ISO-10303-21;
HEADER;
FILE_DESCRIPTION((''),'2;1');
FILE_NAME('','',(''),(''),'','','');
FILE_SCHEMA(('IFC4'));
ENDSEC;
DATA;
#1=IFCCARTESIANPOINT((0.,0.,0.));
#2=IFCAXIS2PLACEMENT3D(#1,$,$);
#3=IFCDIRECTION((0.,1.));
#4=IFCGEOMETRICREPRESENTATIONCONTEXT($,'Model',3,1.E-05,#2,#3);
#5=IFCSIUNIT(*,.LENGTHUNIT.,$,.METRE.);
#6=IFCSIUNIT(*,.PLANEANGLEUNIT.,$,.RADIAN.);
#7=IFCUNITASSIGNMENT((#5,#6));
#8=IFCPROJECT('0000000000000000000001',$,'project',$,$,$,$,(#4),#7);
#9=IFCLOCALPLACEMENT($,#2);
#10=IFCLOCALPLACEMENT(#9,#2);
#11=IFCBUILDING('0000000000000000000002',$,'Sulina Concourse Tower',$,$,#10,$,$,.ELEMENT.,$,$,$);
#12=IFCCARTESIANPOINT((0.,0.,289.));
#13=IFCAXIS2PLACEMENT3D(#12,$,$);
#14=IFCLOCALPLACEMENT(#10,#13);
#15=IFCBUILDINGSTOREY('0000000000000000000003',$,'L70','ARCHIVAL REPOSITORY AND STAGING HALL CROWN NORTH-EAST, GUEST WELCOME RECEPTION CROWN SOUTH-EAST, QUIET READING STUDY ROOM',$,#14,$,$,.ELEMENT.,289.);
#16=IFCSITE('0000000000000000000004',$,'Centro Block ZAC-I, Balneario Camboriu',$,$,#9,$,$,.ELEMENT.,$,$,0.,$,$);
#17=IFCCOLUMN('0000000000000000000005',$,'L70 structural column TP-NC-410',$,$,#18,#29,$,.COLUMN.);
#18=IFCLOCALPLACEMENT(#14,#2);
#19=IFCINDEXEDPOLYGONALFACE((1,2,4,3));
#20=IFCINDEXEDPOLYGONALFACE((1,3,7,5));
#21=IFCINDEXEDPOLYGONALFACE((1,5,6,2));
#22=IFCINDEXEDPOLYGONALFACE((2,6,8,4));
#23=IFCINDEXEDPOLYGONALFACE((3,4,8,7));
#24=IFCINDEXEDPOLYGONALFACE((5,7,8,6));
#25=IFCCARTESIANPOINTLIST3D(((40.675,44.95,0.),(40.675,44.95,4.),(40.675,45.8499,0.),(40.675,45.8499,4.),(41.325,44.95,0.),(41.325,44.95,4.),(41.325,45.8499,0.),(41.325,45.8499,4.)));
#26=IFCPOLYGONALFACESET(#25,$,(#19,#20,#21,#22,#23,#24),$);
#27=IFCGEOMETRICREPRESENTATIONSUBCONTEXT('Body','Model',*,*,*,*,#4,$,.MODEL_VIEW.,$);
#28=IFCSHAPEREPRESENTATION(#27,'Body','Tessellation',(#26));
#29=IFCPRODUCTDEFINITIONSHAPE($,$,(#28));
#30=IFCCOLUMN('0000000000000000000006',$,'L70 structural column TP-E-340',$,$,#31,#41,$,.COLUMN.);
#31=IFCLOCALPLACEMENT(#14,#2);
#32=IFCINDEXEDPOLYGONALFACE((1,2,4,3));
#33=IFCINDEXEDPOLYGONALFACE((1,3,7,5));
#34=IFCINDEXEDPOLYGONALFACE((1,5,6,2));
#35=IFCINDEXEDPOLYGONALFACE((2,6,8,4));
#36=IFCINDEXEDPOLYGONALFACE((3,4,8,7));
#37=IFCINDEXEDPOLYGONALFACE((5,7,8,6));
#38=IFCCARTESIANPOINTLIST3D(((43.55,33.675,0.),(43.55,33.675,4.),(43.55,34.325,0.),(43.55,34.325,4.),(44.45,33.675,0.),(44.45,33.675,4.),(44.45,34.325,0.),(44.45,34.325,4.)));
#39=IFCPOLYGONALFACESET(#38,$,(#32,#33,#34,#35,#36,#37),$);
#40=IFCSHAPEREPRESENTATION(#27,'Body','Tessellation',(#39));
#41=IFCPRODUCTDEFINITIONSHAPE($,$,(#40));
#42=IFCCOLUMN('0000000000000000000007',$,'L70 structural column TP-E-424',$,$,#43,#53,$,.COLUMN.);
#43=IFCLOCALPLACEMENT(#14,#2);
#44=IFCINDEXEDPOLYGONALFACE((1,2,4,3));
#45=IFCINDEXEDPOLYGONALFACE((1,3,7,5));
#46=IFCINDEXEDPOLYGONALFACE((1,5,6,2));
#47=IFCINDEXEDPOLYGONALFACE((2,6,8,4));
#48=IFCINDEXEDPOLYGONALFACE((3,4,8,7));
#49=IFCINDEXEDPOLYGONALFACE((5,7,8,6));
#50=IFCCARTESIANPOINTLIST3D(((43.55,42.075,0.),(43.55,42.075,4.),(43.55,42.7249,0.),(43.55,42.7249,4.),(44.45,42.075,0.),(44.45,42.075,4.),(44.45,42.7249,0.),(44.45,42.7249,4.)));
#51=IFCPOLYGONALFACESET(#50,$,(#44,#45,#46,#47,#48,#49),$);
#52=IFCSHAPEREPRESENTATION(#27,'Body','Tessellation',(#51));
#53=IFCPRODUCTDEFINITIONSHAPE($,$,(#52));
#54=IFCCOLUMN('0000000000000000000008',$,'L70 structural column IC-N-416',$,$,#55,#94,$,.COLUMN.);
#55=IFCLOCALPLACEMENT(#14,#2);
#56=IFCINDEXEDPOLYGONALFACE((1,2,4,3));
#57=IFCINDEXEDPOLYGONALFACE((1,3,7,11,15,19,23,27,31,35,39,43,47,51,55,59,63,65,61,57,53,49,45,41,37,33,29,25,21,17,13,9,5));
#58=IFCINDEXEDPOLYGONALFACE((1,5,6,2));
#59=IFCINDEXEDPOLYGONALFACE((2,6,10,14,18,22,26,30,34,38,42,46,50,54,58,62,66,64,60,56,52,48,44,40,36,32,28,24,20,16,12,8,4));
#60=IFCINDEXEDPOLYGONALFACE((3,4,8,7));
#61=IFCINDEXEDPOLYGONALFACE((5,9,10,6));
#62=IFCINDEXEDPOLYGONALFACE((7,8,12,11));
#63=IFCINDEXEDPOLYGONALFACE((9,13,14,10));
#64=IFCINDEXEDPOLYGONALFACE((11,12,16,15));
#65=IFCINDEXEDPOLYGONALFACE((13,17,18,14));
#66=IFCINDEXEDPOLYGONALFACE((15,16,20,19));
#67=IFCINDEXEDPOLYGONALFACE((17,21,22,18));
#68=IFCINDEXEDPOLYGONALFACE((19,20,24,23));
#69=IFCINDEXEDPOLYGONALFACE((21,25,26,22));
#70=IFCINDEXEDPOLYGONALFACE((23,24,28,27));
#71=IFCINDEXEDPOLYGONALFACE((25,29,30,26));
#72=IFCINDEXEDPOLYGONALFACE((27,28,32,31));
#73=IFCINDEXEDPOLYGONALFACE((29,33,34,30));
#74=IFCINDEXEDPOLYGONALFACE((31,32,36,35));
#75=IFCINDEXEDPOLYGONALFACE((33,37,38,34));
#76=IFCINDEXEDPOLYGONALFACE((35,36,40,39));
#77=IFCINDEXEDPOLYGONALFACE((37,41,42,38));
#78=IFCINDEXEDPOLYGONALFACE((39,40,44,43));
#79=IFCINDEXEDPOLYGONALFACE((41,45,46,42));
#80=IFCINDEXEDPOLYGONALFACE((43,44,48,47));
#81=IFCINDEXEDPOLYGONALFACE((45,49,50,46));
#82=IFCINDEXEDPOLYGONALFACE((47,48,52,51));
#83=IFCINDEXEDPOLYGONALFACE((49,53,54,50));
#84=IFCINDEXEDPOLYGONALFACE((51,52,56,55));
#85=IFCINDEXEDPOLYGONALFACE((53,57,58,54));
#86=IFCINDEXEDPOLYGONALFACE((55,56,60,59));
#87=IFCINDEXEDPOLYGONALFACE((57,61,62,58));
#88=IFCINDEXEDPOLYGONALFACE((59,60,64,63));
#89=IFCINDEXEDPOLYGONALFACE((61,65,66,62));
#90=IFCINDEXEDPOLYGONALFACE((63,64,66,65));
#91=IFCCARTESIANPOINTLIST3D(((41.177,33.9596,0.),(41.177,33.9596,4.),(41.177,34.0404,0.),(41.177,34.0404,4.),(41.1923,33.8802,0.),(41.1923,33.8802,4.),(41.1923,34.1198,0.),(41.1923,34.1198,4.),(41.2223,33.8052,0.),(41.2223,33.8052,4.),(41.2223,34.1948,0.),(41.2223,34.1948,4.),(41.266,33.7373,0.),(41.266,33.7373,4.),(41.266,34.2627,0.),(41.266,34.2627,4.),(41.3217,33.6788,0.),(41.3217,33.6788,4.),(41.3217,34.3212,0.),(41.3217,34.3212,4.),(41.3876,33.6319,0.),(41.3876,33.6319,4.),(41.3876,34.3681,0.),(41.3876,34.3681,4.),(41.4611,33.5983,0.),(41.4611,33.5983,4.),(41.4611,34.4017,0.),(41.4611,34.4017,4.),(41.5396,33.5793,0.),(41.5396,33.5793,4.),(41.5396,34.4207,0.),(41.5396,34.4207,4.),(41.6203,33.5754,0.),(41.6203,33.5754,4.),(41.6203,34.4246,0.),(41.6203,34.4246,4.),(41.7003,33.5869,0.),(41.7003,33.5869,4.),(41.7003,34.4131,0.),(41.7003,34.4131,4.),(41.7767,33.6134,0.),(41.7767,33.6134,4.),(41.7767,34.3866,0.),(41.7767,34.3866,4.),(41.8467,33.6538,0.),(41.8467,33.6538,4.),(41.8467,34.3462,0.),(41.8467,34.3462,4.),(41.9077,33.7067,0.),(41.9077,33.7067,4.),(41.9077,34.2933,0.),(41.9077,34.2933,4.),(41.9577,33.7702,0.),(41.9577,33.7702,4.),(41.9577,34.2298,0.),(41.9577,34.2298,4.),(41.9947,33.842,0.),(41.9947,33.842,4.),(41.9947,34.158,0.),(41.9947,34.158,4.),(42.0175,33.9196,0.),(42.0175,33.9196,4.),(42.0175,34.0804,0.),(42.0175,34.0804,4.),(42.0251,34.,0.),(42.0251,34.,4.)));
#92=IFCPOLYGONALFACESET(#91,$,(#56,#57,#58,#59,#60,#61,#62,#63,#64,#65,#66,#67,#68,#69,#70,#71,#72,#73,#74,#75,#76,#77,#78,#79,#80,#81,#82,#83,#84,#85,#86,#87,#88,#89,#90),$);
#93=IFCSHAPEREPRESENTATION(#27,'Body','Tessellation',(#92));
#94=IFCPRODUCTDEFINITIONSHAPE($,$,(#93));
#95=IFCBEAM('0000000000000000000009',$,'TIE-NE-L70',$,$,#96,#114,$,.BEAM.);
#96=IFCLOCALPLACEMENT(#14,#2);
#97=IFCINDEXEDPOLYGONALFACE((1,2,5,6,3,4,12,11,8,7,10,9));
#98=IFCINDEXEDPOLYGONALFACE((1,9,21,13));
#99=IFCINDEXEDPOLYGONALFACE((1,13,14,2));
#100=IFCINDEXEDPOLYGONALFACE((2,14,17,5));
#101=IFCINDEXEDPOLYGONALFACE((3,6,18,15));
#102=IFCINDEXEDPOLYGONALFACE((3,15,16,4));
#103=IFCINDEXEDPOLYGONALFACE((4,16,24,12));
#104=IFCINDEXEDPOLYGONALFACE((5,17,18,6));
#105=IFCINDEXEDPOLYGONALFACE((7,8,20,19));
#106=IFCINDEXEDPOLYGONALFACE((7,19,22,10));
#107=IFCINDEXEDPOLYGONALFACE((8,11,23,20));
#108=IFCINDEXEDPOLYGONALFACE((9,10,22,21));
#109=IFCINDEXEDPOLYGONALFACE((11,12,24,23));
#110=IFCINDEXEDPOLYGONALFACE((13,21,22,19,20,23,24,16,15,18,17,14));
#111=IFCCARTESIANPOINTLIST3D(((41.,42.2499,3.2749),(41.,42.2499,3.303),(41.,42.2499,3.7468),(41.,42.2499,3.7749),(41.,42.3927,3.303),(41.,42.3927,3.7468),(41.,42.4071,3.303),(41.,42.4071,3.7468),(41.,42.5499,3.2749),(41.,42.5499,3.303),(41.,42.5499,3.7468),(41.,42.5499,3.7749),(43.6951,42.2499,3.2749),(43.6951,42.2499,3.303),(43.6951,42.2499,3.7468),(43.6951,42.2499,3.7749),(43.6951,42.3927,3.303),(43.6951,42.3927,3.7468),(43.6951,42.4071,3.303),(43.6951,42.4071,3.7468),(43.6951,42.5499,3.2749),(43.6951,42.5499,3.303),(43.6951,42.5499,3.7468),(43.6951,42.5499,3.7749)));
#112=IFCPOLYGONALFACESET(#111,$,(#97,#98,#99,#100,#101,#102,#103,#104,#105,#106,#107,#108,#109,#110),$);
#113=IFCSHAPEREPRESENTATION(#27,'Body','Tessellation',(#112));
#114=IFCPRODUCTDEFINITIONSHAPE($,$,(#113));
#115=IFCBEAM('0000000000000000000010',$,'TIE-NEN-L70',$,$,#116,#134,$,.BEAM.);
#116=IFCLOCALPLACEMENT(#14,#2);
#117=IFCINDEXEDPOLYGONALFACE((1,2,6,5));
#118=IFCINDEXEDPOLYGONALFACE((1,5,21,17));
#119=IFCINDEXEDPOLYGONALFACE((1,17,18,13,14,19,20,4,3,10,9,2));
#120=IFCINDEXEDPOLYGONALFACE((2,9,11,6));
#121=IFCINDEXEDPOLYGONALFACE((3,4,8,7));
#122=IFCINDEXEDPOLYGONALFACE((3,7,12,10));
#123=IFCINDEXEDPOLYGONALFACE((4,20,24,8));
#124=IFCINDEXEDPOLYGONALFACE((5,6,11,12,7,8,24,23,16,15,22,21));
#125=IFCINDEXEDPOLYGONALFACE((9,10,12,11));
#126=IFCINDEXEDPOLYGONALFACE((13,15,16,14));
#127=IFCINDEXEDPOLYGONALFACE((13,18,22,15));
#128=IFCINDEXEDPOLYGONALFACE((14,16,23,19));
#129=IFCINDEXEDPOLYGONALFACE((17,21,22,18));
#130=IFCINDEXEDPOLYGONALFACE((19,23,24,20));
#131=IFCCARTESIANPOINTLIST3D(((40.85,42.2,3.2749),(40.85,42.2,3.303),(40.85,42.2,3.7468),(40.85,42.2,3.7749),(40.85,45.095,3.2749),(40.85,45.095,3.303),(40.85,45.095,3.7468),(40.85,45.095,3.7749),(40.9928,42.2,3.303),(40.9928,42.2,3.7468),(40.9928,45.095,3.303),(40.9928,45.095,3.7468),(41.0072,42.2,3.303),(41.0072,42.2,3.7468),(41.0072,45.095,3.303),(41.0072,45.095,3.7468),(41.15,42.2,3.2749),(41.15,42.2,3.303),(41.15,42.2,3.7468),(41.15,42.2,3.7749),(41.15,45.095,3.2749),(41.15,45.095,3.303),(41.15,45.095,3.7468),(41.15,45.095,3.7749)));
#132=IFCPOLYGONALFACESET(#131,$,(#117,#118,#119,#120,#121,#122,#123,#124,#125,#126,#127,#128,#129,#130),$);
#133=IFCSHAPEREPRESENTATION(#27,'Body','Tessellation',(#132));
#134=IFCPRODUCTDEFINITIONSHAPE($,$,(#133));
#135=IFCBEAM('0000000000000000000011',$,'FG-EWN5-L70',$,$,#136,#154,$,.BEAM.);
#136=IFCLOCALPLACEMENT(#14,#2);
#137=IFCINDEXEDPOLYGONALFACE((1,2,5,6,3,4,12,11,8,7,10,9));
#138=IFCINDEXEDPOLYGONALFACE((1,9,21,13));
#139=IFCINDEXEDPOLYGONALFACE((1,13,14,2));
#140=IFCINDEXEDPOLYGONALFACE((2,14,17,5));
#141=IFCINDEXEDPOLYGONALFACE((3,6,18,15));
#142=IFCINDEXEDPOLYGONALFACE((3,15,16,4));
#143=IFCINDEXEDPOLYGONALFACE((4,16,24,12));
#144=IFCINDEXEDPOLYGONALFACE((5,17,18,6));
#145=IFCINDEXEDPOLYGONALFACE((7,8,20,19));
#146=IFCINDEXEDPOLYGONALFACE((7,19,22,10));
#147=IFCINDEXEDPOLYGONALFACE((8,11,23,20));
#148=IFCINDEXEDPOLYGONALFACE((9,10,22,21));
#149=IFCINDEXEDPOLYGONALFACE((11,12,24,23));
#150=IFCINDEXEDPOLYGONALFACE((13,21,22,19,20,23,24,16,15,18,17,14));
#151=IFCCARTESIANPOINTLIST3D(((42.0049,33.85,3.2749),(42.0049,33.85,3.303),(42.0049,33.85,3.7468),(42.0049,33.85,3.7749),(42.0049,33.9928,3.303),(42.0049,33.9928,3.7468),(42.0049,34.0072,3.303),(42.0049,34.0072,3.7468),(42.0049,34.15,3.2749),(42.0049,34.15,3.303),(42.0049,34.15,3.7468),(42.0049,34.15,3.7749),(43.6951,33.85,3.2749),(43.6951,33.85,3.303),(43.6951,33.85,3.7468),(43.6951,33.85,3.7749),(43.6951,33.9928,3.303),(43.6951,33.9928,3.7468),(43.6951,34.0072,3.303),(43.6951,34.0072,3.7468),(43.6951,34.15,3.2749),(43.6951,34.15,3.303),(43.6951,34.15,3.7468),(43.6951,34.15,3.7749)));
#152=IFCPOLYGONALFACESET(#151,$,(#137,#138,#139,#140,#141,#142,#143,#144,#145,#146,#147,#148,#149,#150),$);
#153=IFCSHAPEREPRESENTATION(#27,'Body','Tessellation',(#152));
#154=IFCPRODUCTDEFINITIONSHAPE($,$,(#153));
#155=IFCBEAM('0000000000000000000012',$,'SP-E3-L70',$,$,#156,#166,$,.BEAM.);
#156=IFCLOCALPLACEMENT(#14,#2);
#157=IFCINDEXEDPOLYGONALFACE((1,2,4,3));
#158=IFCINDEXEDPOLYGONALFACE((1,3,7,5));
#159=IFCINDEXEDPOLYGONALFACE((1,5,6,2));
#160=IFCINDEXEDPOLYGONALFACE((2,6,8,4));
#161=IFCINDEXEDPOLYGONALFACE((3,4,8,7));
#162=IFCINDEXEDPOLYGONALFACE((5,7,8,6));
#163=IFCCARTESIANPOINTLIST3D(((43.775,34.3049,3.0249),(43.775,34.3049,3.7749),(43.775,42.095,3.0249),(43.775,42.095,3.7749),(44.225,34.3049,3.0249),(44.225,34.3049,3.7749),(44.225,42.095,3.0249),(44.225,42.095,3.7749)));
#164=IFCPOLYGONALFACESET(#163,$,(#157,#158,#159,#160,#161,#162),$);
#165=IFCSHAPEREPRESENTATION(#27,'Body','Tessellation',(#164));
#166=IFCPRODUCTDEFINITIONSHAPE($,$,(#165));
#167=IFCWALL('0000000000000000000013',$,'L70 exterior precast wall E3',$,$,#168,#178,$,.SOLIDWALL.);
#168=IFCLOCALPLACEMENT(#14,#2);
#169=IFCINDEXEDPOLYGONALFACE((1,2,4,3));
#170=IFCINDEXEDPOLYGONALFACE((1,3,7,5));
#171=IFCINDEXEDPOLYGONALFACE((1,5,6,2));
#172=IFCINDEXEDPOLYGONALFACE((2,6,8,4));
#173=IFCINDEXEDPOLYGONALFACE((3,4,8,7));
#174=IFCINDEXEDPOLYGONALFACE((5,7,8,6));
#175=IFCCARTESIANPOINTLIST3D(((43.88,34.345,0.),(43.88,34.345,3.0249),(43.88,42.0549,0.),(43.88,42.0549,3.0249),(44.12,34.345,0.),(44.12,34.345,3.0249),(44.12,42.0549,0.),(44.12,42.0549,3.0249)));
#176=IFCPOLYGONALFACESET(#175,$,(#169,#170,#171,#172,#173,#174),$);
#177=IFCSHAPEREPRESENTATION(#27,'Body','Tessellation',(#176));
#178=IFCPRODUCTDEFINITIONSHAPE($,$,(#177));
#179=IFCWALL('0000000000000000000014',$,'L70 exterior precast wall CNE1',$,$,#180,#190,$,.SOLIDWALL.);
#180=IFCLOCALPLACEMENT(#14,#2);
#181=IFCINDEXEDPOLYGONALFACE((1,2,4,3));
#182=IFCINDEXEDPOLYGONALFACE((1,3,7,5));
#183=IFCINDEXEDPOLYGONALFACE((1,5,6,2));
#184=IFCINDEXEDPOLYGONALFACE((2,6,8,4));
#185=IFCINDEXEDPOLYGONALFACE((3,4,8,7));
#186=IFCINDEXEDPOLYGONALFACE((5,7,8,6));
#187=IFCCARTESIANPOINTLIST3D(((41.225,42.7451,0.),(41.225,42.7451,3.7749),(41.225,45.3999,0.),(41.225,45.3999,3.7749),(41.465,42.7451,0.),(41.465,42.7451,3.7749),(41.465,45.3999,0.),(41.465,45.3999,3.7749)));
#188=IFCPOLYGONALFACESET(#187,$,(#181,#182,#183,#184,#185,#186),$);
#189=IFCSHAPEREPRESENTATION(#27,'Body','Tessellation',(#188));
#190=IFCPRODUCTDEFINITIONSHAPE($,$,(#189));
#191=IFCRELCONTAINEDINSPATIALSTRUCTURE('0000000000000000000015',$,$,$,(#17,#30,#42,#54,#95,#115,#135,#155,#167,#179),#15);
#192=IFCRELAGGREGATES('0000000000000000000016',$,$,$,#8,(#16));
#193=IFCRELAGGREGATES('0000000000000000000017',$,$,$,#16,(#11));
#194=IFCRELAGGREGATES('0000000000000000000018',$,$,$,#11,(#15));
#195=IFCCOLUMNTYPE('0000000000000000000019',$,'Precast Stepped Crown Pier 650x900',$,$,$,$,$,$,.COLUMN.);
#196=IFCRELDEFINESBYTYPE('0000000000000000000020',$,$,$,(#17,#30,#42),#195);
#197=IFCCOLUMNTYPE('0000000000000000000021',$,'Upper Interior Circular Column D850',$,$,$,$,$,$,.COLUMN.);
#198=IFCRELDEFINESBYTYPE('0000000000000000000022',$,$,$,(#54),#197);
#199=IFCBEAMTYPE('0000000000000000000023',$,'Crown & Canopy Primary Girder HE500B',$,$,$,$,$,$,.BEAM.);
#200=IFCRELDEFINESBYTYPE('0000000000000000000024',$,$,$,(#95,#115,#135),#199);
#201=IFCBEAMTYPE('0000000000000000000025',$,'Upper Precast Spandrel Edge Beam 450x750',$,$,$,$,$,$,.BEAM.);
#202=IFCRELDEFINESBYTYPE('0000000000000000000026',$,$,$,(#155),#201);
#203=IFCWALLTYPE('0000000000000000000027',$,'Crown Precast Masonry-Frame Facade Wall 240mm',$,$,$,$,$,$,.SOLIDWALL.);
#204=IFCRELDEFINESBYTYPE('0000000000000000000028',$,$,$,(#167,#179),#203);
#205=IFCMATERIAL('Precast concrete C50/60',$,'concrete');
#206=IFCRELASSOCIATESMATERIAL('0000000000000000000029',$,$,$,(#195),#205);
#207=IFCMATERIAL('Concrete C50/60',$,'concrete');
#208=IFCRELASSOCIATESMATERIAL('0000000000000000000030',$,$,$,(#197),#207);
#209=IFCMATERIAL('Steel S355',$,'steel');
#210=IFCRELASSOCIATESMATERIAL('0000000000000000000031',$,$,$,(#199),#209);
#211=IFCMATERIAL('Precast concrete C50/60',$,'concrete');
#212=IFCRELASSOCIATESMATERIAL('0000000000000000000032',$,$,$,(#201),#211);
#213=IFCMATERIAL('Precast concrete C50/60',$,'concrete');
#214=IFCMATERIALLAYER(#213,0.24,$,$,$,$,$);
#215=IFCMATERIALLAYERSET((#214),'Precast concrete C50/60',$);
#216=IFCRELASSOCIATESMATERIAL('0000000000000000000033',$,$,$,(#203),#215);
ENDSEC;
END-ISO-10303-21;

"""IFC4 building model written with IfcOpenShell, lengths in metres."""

from ifc_helpers import new_model, si_unit, direction, frame, frame_2d, origin, origin_2d, place, context, subcontext, project, spatial, rectangle, circle, i_section, extrude, material, layer, layer_set, material_profile, profile_set, type_object, element, save


model = new_model("IFC4")

# Units and contexts
model_context = context("Model", 3, precision=1e-05, world=origin(), true_north=direction((0.0, 1.0)))
body_context = subcontext(model_context, "Body", "Model", "MODEL_VIEW")
ifc_project = project(units=[si_unit("LENGTHUNIT", "METRE"), si_unit("PLANEANGLEUNIT", "RADIAN")], contexts=[model_context])

# Site, building, storey
site_placement = place(None, origin())
site = spatial("IfcSite", under=ifc_project, at=site_placement, Name="Centro Block ZAC-I, Balneario Camboriu", CompositionType="ELEMENT", RefElevation=0.0)
building_placement = place(site_placement, origin())
building = spatial("IfcBuilding", under=site, at=building_placement, Name="Sulina Concourse Tower", CompositionType="ELEMENT")
storey_placement = place(building_placement, frame((0.0, 0.0, 289.0)))
storey = spatial("IfcBuildingStorey", under=building, at=storey_placement, Name="L70", Description="ARCHIVAL REPOSITORY AND STAGING HALL CROWN NORTH-EAST, GUEST WELCOME RECEPTION CROWN SOUTH-EAST, QUIET READING STUDY ROOM", CompositionType="ELEMENT", Elevation=289.0)

# Columns
ifc_material_1 = material(Name="Precast concrete C50/60", Category="concrete")
ifc_material_profile_1 = material_profile(ifc_material_1, rectangle(XDim=0.6499, YDim=0.8999, at=origin_2d()), Name="PC 650x900")
ifc_profile_set_1 = profile_set([ifc_material_profile_1], Name="Precast concrete C50/60")
column_type_1 = type_object("IfcColumnType", Name="Precast Stepped Crown Pier 650x900", PredefinedType="COLUMN", material=ifc_profile_set_1)
for number, where, z_axis, x_axis, name in (
    (1, (41.0, 45.3999, 0.0), (0.0, 0.0, 1.0), (1.0, 0.0, 0.0), "L70 structural column TP-NC-410"),
    (2, (44.0, 34.0, 0.0), (0.0, 0.0, 1.0), (0.0, 1.0, 0.0), "L70 structural column TP-E-340"),
    (3, (44.0, 42.3999, 0.0), (0.0, 0.0, 1.0), (0.0, 1.0, 0.0), "L70 structural column TP-E-424"),
):
    element("IfcColumn", number, at=place(storey_placement, frame(where, z_axis=z_axis, x_axis=x_axis)), inside=storey, type_object=column_type_1, Name=name, PredefinedType="COLUMN", context=body_context, shape_type="SweptSolid", body=[
        extrude(rectangle(XDim=0.6499, YDim=0.8999, at=origin_2d()), origin(), (0.0, 0.0, 1.0), 4.0),
    ])
ifc_material_2 = material(Name="Concrete C50/60", Category="concrete")
ifc_material_profile_2 = material_profile(ifc_material_2, circle(Radius=0.425, at=origin_2d()), Name="RC D850")
ifc_profile_set_2 = profile_set([ifc_material_profile_2], Name="Concrete C50/60")
column_type_2 = type_object("IfcColumnType", Name="Upper Interior Circular Column D850", PredefinedType="COLUMN", material=ifc_profile_set_2)
column_placement = place(storey_placement, frame((41.6001, 34.0, 0.0), z_axis=(0.0, 0.0, 1.0), x_axis=(1.0, 0.0, 0.0)))
element("IfcColumn", 4, at=column_placement, inside=storey, type_object=column_type_2, Name="L70 structural column IC-N-416", PredefinedType="COLUMN", context=body_context, shape_type="SweptSolid", body=[
    extrude(circle(Radius=0.425, at=origin_2d()), origin(), (0.0, 0.0, 1.0), 4.0),
])

# Beams
ifc_material_3 = material(Name="Steel S355", Category="steel")
ifc_material_profile_3 = material_profile(ifc_material_3, i_section(OverallWidth=0.3, OverallDepth=0.5, WebThickness=0.0144, FlangeThickness=0.0281, at=origin_2d()), Name="HE 500 B")
ifc_profile_set_3 = profile_set([ifc_material_profile_3], Name="Steel S355")
beam_type_1 = type_object("IfcBeamType", Name="Crown & Canopy Primary Girder HE500B", PredefinedType="BEAM", material=ifc_profile_set_3)
beam_1_placement = place(storey_placement, frame((41.0, 42.3999, 3.5249), z_axis=(1.0, 0.0, 0.0), x_axis=(0.0, 1.0, 0.0)))
element("IfcBeam", 5, at=beam_1_placement, inside=storey, type_object=beam_type_1, Name="TIE-NE-L70", PredefinedType="BEAM", context=body_context, shape_type="SweptSolid", body=[
    extrude(i_section(OverallWidth=0.3, OverallDepth=0.5, WebThickness=0.0144, FlangeThickness=0.0281, at=origin_2d()), origin(), (0.0, 0.0, 1.0), 2.6951),
])
beam_2_placement = place(storey_placement, frame((41.0, 42.2, 3.5249), z_axis=(0.0, 1.0, 0.0), x_axis=(-1.0, 0.0, 0.0)))
element("IfcBeam", 6, at=beam_2_placement, inside=storey, type_object=beam_type_1, Name="TIE-NEN-L70", PredefinedType="BEAM", context=body_context, shape_type="SweptSolid", body=[
    extrude(i_section(OverallWidth=0.3, OverallDepth=0.5, WebThickness=0.0144, FlangeThickness=0.0281, at=origin_2d()), origin(), (0.0, 0.0, 1.0), 2.895),
])
beam_3_placement = place(storey_placement, frame((42.0049, 34.0, 3.5249), z_axis=(1.0, 0.0, 0.0), x_axis=(0.0, 1.0, 0.0)))
element("IfcBeam", 7, at=beam_3_placement, inside=storey, type_object=beam_type_1, Name="FG-EWN5-L70", PredefinedType="BEAM", context=body_context, shape_type="SweptSolid", body=[
    extrude(i_section(OverallWidth=0.3, OverallDepth=0.5, WebThickness=0.0144, FlangeThickness=0.0281, at=origin_2d()), origin(), (0.0, 0.0, 1.0), 1.6902),
])
ifc_material_4 = material(Name="Precast concrete C50/60", Category="concrete")
ifc_material_profile_4 = material_profile(ifc_material_4, rectangle(XDim=0.45, YDim=0.75, at=origin_2d()), Name="RC 450x750")
ifc_profile_set_4 = profile_set([ifc_material_profile_4], Name="Precast concrete C50/60")
beam_type_2 = type_object("IfcBeamType", Name="Upper Precast Spandrel Edge Beam 450x750", PredefinedType="BEAM", material=ifc_profile_set_4)
beam_4_placement = place(storey_placement, frame((44.0, 34.3049, 3.3999), z_axis=(0.0, 1.0, 0.0), x_axis=(-1.0, 0.0, 0.0)))
element("IfcBeam", 8, at=beam_4_placement, inside=storey, type_object=beam_type_2, Name="SP-E3-L70", PredefinedType="BEAM", context=body_context, shape_type="SweptSolid", body=[
    extrude(rectangle(XDim=0.45, YDim=0.75, at=origin_2d()), origin(), (0.0, 0.0, 1.0), 7.79),
])

# Walls
ifc_material_5 = material(Name="Precast concrete C50/60", Category="concrete")
ifc_layer_1 = layer(ifc_material_5, 0.24)
ifc_layer_set_1 = layer_set([ifc_layer_1], Name="Precast concrete C50/60")
wall_type_1 = type_object("IfcWallType", Name="Crown Precast Masonry-Frame Facade Wall 240mm", PredefinedType="SOLIDWALL", material=ifc_layer_set_1)
wall_1_placement = place(storey_placement, frame((44.0, 42.0549, 0.0), z_axis=(0.0, 0.0, 1.0), x_axis=(0.0, -1.0, 0.0)))
element("IfcWall", 9, at=wall_1_placement, inside=storey, type_object=wall_type_1, Name="L70 exterior precast wall E3", PredefinedType="SOLIDWALL", context=body_context, shape_type="SweptSolid", body=[
    extrude(rectangle(XDim=7.71, YDim=0.24, at=frame_2d((3.855, 0.0))), origin(), (0.0, 0.0, 1.0), 3.0249),
])
wall_2_placement = place(storey_placement, frame((41.345, 45.3999, 0.0), z_axis=(0.0, 0.0, 1.0), x_axis=(0.0, -1.0, 0.0)))
element("IfcWall", 10, at=wall_2_placement, inside=storey, type_object=wall_type_1, Name="L70 exterior precast wall CNE1", PredefinedType="SOLIDWALL", context=body_context, shape_type="SweptSolid", body=[
    extrude(rectangle(XDim=2.6548, YDim=0.24, at=frame_2d((1.3274, 0.0))), origin(), (0.0, 0.0, 1.0), 3.7749),
])

save(model, "model.ifc")
